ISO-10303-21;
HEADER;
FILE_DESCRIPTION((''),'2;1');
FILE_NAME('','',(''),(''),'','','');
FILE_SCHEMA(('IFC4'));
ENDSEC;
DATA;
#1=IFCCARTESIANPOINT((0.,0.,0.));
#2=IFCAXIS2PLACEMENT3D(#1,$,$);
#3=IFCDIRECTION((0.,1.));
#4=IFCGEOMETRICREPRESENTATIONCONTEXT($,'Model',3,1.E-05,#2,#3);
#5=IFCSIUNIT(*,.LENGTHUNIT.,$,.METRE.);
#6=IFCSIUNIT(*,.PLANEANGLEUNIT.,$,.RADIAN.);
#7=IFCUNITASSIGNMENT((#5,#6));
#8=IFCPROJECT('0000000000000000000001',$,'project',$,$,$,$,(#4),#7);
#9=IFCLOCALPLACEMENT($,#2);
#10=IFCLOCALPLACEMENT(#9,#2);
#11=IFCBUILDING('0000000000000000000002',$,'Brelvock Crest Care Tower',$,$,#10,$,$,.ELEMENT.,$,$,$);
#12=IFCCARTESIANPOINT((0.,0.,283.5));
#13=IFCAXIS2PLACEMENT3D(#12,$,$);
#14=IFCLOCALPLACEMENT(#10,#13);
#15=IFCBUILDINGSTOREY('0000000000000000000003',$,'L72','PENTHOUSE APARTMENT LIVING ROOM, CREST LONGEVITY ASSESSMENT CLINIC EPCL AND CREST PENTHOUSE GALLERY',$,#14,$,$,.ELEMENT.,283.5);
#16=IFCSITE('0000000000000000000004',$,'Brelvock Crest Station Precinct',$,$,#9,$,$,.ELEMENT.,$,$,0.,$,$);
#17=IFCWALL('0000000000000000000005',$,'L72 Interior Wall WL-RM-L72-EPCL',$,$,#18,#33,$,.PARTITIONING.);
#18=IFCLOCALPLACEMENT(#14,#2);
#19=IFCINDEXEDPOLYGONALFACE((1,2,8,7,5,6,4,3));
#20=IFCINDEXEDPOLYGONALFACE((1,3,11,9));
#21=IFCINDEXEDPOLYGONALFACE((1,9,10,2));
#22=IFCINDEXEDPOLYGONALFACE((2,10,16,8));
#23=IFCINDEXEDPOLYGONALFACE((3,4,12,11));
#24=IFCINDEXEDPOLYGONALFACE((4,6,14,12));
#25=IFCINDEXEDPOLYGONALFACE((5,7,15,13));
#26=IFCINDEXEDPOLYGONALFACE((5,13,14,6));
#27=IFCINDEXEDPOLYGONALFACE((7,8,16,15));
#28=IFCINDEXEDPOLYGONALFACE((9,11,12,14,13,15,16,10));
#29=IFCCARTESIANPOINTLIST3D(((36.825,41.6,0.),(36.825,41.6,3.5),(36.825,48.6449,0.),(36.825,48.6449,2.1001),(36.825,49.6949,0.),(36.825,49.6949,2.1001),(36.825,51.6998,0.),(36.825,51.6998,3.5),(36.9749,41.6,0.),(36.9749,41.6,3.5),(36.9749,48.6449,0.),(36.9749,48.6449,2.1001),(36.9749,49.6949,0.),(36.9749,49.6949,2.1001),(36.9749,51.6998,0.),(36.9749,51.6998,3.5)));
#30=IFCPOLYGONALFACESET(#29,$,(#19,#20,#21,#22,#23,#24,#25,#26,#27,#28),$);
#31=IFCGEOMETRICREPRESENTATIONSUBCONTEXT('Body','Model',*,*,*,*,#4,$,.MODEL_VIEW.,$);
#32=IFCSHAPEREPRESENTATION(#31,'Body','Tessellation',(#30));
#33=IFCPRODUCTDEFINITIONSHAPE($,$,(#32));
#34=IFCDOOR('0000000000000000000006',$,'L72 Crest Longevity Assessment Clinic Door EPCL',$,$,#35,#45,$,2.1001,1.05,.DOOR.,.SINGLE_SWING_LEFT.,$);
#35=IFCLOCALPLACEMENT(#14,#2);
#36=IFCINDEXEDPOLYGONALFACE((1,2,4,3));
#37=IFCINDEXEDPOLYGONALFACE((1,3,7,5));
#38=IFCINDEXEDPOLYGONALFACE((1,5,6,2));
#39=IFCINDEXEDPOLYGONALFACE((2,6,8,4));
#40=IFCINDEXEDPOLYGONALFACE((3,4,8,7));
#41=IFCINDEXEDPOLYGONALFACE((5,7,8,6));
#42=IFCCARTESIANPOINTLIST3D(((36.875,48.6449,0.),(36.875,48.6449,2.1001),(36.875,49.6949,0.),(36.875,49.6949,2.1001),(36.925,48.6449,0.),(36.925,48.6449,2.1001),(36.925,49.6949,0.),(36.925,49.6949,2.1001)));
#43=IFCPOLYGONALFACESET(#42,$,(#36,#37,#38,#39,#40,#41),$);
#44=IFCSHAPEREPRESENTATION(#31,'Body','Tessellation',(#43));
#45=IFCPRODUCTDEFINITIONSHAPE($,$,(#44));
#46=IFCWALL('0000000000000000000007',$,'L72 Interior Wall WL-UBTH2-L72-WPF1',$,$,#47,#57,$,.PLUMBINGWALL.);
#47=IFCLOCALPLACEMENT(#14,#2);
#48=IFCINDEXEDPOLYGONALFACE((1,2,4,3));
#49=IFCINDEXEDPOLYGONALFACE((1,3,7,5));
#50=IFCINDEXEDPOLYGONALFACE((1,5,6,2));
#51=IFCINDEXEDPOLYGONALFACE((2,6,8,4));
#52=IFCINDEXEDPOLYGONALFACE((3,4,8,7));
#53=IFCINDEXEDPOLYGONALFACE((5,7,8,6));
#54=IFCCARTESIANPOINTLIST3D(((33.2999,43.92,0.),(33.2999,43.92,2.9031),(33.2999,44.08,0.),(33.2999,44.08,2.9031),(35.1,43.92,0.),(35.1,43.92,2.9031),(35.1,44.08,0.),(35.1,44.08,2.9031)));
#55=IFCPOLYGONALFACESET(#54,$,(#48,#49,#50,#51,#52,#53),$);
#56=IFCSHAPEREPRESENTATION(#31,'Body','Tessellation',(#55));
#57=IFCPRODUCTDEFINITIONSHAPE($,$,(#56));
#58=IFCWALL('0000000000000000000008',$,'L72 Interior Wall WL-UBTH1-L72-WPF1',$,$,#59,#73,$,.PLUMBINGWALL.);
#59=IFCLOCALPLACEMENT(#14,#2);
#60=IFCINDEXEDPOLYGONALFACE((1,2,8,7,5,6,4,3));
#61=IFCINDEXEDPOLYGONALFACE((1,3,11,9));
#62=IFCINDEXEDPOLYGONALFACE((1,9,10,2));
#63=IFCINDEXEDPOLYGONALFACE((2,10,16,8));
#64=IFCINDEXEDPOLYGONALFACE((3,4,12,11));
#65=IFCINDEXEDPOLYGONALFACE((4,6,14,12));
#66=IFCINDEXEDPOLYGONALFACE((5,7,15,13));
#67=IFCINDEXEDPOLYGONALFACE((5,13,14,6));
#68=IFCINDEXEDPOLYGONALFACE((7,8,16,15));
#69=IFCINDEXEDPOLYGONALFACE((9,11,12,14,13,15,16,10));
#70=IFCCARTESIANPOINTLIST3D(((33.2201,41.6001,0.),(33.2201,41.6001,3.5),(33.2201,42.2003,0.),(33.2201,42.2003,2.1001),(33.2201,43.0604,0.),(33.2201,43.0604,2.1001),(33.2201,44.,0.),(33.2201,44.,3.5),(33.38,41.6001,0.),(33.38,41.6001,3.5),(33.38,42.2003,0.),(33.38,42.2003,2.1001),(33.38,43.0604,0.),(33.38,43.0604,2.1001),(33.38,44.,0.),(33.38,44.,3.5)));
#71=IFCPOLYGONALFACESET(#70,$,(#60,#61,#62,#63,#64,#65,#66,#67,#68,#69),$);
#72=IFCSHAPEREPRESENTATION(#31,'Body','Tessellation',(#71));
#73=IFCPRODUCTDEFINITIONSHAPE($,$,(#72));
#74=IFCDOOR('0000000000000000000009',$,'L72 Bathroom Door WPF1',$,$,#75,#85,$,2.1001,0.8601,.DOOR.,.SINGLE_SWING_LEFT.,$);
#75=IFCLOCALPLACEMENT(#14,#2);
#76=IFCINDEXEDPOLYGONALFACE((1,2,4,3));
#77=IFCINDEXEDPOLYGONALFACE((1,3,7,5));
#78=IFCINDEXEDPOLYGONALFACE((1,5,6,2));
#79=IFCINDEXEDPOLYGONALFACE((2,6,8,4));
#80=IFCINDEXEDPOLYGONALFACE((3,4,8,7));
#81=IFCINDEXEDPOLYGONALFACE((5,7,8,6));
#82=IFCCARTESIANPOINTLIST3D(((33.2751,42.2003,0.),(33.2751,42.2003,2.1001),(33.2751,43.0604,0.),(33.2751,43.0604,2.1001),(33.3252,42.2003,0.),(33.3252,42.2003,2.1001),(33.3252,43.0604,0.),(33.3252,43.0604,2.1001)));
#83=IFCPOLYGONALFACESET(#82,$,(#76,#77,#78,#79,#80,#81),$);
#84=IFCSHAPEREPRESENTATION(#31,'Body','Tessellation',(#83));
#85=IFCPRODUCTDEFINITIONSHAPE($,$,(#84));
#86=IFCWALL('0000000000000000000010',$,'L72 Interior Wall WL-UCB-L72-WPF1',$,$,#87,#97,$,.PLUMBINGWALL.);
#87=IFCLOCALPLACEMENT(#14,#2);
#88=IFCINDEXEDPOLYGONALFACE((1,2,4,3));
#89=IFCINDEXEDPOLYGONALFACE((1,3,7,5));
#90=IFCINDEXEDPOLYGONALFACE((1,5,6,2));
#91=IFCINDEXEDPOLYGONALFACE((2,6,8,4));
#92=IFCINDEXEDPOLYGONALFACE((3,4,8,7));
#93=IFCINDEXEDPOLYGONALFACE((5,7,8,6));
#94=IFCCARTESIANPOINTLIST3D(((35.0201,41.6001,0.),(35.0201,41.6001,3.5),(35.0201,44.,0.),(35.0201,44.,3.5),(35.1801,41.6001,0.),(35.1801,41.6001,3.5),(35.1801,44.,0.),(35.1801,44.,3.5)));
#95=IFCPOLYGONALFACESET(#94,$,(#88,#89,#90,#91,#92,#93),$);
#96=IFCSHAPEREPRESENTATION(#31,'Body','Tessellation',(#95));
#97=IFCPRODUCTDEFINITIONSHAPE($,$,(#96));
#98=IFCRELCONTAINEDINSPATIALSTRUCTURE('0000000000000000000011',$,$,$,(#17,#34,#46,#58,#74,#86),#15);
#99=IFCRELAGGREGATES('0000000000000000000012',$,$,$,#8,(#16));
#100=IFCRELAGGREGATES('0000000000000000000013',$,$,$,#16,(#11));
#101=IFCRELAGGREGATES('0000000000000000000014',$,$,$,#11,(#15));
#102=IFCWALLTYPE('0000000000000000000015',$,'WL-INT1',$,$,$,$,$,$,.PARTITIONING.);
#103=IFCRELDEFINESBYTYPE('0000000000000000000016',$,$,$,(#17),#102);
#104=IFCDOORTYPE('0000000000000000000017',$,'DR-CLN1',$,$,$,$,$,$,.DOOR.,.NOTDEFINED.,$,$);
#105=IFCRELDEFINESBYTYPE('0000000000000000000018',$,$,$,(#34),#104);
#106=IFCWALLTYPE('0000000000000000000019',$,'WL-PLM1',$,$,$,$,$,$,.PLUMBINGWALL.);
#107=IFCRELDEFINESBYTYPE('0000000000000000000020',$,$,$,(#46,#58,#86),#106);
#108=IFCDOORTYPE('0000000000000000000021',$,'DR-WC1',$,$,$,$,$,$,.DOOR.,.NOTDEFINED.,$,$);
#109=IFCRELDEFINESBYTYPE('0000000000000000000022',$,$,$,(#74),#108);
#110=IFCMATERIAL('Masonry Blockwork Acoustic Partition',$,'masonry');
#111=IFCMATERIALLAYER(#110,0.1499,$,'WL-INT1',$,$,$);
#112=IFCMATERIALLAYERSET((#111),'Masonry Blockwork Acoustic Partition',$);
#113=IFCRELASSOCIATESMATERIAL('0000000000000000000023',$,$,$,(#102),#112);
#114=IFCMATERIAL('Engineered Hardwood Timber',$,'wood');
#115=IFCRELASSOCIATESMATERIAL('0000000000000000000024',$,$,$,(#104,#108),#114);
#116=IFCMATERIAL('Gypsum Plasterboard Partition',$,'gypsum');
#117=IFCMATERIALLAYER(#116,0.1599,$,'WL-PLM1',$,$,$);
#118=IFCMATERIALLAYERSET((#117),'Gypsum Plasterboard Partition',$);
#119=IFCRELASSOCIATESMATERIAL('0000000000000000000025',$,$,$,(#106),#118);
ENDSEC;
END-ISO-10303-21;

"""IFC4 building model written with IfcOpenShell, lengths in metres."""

from ifc_helpers import new_model, si_unit, direction, frame, frame_2d, origin, origin_2d, place, context, subcontext, project, spatial, rectangle, extrude, source, transform, mapped, material, layer, layer_set, type_object, element, fill, save


model = new_model("IFC4")

# Units and contexts
model_context = context("Model", 3, precision=1e-05, world=origin(), true_north=direction((0.0, 1.0)))
body_context = subcontext(model_context, "Body", "Model", "MODEL_VIEW")
ifc_project = project(units=[si_unit("LENGTHUNIT", "METRE"), si_unit("PLANEANGLEUNIT", "RADIAN")], contexts=[model_context])

# Site, building, storey
site_placement = place(None, origin())
site = spatial("IfcSite", under=ifc_project, at=site_placement, Name="Brelvock Crest Station Precinct", CompositionType="ELEMENT", RefElevation=0.0)
building_placement = place(site_placement, origin())
building = spatial("IfcBuilding", under=site, at=building_placement, Name="Brelvock Crest Care Tower", CompositionType="ELEMENT")
storey_placement = place(building_placement, frame((0.0, 0.0, 283.5)))
storey = spatial("IfcBuildingStorey", under=building, at=storey_placement, Name="L72", Description="PENTHOUSE APARTMENT LIVING ROOM, CREST LONGEVITY ASSESSMENT CLINIC EPCL AND CREST PENTHOUSE GALLERY", CompositionType="ELEMENT", Elevation=283.5)

# Shared definitions
ifc_material_1 = material(Name="Masonry Blockwork Acoustic Partition", Category="masonry")
ifc_layer_1 = layer(ifc_material_1, 0.1499, Name="WL-INT1")
ifc_layer_set_1 = layer_set([ifc_layer_1], Name="Masonry Blockwork Acoustic Partition")
wall_type_1 = type_object("IfcWallType", Name="WL-INT1", PredefinedType="PARTITIONING", material=ifc_layer_set_1)

# Wall, opening, door
ifc_material_2 = material(Name="Engineered Hardwood Timber", Category="wood")
door_type_1 = type_object("IfcDoorType", Name="DR-CLN1", OperationType="NOTDEFINED", PredefinedType="DOOR", material=ifc_material_2)
shared_shape_1 = source(origin(), body_context, "Body", "SweptSolid", [
    extrude(rectangle(XDim=1.05, YDim=2.1001, at=origin_2d()), frame((0.5249, 0.0249, 1.05), z_axis=(0.0, -1.0, 0.0), x_axis=(1.0, 0.0, 0.0)), (0.0, 0.0, 1.0), 0.05),
])
wall_1_placement = place(storey_placement, frame((36.8999, 41.6001, 0.0), z_axis=(0.0, 0.0, 1.0), x_axis=(0.0, 1.0, 0.0)))
wall_1 = element("IfcWall", 1, at=wall_1_placement, inside=storey, type_object=wall_type_1, Name="L72 Interior Wall WL-RM-L72-EPCL", PredefinedType="PARTITIONING", context=body_context, shape_type="SweptSolid", body=[
    extrude(rectangle(XDim=10.0999, YDim=0.1499, at=frame_2d((5.0498, 0.0))), origin(), (0.0, 0.0, 1.0), 3.5),
])
opening_1_placement = place(wall_1_placement, frame((7.0449, 0.0, 0.0)))
opening_1 = element("IfcOpeningElement", 2, at=opening_1_placement, cuts=wall_1, PredefinedType="OPENING", context=body_context, shape_type="SweptSolid", body=[
    extrude(rectangle(XDim=1.05, YDim=2.1001, at=origin_2d()), frame((0.5249, 0.085, 1.05), z_axis=(0.0, -1.0, 0.0), x_axis=(1.0, 0.0, 0.0)), (0.0, 0.0, 1.0), 0.1699),
])
door_1_placement = place(opening_1_placement, origin())
door_1 = element("IfcDoor", 3, at=door_1_placement, inside=storey, type_object=door_type_1, Name="L72 Crest Longevity Assessment Clinic Door EPCL", OperationType="SINGLE_SWING_LEFT", OverallHeight=2.1001, OverallWidth=1.05, PredefinedType="DOOR", context=body_context, shape_type="MappedRepresentation", body=[
    mapped(shared_shape_1, transform((0.0, 0.0, 0.0), x_axis=(1.0, 0.0, 0.0), y_axis=(0.0, 1.0, 0.0), z_axis=(0.0, 0.0, 1.0), scale=1.0)),
])
fill(opening_1, door_1)

# Wall
ifc_material_3 = material(Name="Gypsum Plasterboard Partition", Category="gypsum")
ifc_layer_2 = layer(ifc_material_3, 0.1599, Name="WL-PLM1")
ifc_layer_set_2 = layer_set([ifc_layer_2], Name="Gypsum Plasterboard Partition")
wall_type_2 = type_object("IfcWallType", Name="WL-PLM1", PredefinedType="PLUMBINGWALL", material=ifc_layer_set_2)
wall_2_placement = place(storey_placement, frame((33.3, 44.0, 0.0), z_axis=(0.0, 0.0, 1.0), x_axis=(1.0, 0.0, 0.0)))
element("IfcWall", 4, at=wall_2_placement, inside=storey, type_object=wall_type_2, Name="L72 Interior Wall WL-UBTH2-L72-WPF1", PredefinedType="PLUMBINGWALL", context=body_context, shape_type="SweptSolid", body=[
    extrude(rectangle(XDim=1.8, YDim=0.1599, at=frame_2d((0.8999, 0.0))), origin(), (0.0, 0.0, 1.0), 2.9031),
])

# Wall, opening, door
wall_3_placement = place(storey_placement, frame((33.3, 41.6001, 0.0), z_axis=(0.0, 0.0, 1.0), x_axis=(0.0, 1.0, 0.0)))
wall_3 = element("IfcWall", 5, at=wall_3_placement, inside=storey, type_object=wall_type_2, Name="L72 Interior Wall WL-UBTH1-L72-WPF1", PredefinedType="PLUMBINGWALL", context=body_context, shape_type="SweptSolid", body=[
    extrude(rectangle(XDim=2.3999, YDim=0.1599, at=frame_2d((1.2, 0.0))), origin(), (0.0, 0.0, 1.0), 3.5),
])
opening_2_placement = place(wall_3_placement, frame((0.6001, 0.0, 0.0)))
opening_2 = element("IfcOpeningElement", 6, at=opening_2_placement, cuts=wall_3, PredefinedType="OPENING", context=body_context, shape_type="SweptSolid", body=[
    extrude(rectangle(XDim=0.8601, YDim=2.1001, at=origin_2d()), frame((0.4302, 0.0898, 1.05), z_axis=(0.0, -1.0, 0.0), x_axis=(1.0, 0.0, 0.0)), (0.0, 0.0, 1.0), 0.1799),
])
door_type_2 = type_object("IfcDoorType", Name="DR-WC1", OperationType="NOTDEFINED", PredefinedType="DOOR", material=ifc_material_2)
shared_shape_2 = source(origin(), body_context, "Body", "SweptSolid", [
    extrude(rectangle(XDim=0.8601, YDim=2.1001, at=origin_2d()), frame((0.4302, 0.0249, 1.05), z_axis=(0.0, -1.0, 0.0), x_axis=(1.0, 0.0, 0.0)), (0.0, 0.0, 1.0), 0.05),
])
door_2_placement = place(opening_2_placement, origin())
door_2 = element("IfcDoor", 7, at=door_2_placement, inside=storey, type_object=door_type_2, Name="L72 Bathroom Door WPF1", OperationType="SINGLE_SWING_LEFT", OverallHeight=2.1001, OverallWidth=0.8601, PredefinedType="DOOR", context=body_context, shape_type="MappedRepresentation", body=[
    mapped(shared_shape_2, transform((0.0, 0.0, 0.0), x_axis=(1.0, 0.0, 0.0), y_axis=(0.0, 1.0, 0.0), z_axis=(0.0, 0.0, 1.0), scale=1.0)),
])
fill(opening_2, door_2)

# Wall
wall_4_placement = place(storey_placement, frame((35.1001, 41.6001, 0.0), z_axis=(0.0, 0.0, 1.0), x_axis=(0.0, 1.0, 0.0)))
element("IfcWall", 8, at=wall_4_placement, inside=storey, type_object=wall_type_2, Name="L72 Interior Wall WL-UCB-L72-WPF1", PredefinedType="PLUMBINGWALL", context=body_context, shape_type="SweptSolid", body=[
    extrude(rectangle(XDim=2.3999, YDim=0.1599, at=frame_2d((1.2, 0.0))), origin(), (0.0, 0.0, 1.0), 3.5),
])

save(model, "model.ifc")
